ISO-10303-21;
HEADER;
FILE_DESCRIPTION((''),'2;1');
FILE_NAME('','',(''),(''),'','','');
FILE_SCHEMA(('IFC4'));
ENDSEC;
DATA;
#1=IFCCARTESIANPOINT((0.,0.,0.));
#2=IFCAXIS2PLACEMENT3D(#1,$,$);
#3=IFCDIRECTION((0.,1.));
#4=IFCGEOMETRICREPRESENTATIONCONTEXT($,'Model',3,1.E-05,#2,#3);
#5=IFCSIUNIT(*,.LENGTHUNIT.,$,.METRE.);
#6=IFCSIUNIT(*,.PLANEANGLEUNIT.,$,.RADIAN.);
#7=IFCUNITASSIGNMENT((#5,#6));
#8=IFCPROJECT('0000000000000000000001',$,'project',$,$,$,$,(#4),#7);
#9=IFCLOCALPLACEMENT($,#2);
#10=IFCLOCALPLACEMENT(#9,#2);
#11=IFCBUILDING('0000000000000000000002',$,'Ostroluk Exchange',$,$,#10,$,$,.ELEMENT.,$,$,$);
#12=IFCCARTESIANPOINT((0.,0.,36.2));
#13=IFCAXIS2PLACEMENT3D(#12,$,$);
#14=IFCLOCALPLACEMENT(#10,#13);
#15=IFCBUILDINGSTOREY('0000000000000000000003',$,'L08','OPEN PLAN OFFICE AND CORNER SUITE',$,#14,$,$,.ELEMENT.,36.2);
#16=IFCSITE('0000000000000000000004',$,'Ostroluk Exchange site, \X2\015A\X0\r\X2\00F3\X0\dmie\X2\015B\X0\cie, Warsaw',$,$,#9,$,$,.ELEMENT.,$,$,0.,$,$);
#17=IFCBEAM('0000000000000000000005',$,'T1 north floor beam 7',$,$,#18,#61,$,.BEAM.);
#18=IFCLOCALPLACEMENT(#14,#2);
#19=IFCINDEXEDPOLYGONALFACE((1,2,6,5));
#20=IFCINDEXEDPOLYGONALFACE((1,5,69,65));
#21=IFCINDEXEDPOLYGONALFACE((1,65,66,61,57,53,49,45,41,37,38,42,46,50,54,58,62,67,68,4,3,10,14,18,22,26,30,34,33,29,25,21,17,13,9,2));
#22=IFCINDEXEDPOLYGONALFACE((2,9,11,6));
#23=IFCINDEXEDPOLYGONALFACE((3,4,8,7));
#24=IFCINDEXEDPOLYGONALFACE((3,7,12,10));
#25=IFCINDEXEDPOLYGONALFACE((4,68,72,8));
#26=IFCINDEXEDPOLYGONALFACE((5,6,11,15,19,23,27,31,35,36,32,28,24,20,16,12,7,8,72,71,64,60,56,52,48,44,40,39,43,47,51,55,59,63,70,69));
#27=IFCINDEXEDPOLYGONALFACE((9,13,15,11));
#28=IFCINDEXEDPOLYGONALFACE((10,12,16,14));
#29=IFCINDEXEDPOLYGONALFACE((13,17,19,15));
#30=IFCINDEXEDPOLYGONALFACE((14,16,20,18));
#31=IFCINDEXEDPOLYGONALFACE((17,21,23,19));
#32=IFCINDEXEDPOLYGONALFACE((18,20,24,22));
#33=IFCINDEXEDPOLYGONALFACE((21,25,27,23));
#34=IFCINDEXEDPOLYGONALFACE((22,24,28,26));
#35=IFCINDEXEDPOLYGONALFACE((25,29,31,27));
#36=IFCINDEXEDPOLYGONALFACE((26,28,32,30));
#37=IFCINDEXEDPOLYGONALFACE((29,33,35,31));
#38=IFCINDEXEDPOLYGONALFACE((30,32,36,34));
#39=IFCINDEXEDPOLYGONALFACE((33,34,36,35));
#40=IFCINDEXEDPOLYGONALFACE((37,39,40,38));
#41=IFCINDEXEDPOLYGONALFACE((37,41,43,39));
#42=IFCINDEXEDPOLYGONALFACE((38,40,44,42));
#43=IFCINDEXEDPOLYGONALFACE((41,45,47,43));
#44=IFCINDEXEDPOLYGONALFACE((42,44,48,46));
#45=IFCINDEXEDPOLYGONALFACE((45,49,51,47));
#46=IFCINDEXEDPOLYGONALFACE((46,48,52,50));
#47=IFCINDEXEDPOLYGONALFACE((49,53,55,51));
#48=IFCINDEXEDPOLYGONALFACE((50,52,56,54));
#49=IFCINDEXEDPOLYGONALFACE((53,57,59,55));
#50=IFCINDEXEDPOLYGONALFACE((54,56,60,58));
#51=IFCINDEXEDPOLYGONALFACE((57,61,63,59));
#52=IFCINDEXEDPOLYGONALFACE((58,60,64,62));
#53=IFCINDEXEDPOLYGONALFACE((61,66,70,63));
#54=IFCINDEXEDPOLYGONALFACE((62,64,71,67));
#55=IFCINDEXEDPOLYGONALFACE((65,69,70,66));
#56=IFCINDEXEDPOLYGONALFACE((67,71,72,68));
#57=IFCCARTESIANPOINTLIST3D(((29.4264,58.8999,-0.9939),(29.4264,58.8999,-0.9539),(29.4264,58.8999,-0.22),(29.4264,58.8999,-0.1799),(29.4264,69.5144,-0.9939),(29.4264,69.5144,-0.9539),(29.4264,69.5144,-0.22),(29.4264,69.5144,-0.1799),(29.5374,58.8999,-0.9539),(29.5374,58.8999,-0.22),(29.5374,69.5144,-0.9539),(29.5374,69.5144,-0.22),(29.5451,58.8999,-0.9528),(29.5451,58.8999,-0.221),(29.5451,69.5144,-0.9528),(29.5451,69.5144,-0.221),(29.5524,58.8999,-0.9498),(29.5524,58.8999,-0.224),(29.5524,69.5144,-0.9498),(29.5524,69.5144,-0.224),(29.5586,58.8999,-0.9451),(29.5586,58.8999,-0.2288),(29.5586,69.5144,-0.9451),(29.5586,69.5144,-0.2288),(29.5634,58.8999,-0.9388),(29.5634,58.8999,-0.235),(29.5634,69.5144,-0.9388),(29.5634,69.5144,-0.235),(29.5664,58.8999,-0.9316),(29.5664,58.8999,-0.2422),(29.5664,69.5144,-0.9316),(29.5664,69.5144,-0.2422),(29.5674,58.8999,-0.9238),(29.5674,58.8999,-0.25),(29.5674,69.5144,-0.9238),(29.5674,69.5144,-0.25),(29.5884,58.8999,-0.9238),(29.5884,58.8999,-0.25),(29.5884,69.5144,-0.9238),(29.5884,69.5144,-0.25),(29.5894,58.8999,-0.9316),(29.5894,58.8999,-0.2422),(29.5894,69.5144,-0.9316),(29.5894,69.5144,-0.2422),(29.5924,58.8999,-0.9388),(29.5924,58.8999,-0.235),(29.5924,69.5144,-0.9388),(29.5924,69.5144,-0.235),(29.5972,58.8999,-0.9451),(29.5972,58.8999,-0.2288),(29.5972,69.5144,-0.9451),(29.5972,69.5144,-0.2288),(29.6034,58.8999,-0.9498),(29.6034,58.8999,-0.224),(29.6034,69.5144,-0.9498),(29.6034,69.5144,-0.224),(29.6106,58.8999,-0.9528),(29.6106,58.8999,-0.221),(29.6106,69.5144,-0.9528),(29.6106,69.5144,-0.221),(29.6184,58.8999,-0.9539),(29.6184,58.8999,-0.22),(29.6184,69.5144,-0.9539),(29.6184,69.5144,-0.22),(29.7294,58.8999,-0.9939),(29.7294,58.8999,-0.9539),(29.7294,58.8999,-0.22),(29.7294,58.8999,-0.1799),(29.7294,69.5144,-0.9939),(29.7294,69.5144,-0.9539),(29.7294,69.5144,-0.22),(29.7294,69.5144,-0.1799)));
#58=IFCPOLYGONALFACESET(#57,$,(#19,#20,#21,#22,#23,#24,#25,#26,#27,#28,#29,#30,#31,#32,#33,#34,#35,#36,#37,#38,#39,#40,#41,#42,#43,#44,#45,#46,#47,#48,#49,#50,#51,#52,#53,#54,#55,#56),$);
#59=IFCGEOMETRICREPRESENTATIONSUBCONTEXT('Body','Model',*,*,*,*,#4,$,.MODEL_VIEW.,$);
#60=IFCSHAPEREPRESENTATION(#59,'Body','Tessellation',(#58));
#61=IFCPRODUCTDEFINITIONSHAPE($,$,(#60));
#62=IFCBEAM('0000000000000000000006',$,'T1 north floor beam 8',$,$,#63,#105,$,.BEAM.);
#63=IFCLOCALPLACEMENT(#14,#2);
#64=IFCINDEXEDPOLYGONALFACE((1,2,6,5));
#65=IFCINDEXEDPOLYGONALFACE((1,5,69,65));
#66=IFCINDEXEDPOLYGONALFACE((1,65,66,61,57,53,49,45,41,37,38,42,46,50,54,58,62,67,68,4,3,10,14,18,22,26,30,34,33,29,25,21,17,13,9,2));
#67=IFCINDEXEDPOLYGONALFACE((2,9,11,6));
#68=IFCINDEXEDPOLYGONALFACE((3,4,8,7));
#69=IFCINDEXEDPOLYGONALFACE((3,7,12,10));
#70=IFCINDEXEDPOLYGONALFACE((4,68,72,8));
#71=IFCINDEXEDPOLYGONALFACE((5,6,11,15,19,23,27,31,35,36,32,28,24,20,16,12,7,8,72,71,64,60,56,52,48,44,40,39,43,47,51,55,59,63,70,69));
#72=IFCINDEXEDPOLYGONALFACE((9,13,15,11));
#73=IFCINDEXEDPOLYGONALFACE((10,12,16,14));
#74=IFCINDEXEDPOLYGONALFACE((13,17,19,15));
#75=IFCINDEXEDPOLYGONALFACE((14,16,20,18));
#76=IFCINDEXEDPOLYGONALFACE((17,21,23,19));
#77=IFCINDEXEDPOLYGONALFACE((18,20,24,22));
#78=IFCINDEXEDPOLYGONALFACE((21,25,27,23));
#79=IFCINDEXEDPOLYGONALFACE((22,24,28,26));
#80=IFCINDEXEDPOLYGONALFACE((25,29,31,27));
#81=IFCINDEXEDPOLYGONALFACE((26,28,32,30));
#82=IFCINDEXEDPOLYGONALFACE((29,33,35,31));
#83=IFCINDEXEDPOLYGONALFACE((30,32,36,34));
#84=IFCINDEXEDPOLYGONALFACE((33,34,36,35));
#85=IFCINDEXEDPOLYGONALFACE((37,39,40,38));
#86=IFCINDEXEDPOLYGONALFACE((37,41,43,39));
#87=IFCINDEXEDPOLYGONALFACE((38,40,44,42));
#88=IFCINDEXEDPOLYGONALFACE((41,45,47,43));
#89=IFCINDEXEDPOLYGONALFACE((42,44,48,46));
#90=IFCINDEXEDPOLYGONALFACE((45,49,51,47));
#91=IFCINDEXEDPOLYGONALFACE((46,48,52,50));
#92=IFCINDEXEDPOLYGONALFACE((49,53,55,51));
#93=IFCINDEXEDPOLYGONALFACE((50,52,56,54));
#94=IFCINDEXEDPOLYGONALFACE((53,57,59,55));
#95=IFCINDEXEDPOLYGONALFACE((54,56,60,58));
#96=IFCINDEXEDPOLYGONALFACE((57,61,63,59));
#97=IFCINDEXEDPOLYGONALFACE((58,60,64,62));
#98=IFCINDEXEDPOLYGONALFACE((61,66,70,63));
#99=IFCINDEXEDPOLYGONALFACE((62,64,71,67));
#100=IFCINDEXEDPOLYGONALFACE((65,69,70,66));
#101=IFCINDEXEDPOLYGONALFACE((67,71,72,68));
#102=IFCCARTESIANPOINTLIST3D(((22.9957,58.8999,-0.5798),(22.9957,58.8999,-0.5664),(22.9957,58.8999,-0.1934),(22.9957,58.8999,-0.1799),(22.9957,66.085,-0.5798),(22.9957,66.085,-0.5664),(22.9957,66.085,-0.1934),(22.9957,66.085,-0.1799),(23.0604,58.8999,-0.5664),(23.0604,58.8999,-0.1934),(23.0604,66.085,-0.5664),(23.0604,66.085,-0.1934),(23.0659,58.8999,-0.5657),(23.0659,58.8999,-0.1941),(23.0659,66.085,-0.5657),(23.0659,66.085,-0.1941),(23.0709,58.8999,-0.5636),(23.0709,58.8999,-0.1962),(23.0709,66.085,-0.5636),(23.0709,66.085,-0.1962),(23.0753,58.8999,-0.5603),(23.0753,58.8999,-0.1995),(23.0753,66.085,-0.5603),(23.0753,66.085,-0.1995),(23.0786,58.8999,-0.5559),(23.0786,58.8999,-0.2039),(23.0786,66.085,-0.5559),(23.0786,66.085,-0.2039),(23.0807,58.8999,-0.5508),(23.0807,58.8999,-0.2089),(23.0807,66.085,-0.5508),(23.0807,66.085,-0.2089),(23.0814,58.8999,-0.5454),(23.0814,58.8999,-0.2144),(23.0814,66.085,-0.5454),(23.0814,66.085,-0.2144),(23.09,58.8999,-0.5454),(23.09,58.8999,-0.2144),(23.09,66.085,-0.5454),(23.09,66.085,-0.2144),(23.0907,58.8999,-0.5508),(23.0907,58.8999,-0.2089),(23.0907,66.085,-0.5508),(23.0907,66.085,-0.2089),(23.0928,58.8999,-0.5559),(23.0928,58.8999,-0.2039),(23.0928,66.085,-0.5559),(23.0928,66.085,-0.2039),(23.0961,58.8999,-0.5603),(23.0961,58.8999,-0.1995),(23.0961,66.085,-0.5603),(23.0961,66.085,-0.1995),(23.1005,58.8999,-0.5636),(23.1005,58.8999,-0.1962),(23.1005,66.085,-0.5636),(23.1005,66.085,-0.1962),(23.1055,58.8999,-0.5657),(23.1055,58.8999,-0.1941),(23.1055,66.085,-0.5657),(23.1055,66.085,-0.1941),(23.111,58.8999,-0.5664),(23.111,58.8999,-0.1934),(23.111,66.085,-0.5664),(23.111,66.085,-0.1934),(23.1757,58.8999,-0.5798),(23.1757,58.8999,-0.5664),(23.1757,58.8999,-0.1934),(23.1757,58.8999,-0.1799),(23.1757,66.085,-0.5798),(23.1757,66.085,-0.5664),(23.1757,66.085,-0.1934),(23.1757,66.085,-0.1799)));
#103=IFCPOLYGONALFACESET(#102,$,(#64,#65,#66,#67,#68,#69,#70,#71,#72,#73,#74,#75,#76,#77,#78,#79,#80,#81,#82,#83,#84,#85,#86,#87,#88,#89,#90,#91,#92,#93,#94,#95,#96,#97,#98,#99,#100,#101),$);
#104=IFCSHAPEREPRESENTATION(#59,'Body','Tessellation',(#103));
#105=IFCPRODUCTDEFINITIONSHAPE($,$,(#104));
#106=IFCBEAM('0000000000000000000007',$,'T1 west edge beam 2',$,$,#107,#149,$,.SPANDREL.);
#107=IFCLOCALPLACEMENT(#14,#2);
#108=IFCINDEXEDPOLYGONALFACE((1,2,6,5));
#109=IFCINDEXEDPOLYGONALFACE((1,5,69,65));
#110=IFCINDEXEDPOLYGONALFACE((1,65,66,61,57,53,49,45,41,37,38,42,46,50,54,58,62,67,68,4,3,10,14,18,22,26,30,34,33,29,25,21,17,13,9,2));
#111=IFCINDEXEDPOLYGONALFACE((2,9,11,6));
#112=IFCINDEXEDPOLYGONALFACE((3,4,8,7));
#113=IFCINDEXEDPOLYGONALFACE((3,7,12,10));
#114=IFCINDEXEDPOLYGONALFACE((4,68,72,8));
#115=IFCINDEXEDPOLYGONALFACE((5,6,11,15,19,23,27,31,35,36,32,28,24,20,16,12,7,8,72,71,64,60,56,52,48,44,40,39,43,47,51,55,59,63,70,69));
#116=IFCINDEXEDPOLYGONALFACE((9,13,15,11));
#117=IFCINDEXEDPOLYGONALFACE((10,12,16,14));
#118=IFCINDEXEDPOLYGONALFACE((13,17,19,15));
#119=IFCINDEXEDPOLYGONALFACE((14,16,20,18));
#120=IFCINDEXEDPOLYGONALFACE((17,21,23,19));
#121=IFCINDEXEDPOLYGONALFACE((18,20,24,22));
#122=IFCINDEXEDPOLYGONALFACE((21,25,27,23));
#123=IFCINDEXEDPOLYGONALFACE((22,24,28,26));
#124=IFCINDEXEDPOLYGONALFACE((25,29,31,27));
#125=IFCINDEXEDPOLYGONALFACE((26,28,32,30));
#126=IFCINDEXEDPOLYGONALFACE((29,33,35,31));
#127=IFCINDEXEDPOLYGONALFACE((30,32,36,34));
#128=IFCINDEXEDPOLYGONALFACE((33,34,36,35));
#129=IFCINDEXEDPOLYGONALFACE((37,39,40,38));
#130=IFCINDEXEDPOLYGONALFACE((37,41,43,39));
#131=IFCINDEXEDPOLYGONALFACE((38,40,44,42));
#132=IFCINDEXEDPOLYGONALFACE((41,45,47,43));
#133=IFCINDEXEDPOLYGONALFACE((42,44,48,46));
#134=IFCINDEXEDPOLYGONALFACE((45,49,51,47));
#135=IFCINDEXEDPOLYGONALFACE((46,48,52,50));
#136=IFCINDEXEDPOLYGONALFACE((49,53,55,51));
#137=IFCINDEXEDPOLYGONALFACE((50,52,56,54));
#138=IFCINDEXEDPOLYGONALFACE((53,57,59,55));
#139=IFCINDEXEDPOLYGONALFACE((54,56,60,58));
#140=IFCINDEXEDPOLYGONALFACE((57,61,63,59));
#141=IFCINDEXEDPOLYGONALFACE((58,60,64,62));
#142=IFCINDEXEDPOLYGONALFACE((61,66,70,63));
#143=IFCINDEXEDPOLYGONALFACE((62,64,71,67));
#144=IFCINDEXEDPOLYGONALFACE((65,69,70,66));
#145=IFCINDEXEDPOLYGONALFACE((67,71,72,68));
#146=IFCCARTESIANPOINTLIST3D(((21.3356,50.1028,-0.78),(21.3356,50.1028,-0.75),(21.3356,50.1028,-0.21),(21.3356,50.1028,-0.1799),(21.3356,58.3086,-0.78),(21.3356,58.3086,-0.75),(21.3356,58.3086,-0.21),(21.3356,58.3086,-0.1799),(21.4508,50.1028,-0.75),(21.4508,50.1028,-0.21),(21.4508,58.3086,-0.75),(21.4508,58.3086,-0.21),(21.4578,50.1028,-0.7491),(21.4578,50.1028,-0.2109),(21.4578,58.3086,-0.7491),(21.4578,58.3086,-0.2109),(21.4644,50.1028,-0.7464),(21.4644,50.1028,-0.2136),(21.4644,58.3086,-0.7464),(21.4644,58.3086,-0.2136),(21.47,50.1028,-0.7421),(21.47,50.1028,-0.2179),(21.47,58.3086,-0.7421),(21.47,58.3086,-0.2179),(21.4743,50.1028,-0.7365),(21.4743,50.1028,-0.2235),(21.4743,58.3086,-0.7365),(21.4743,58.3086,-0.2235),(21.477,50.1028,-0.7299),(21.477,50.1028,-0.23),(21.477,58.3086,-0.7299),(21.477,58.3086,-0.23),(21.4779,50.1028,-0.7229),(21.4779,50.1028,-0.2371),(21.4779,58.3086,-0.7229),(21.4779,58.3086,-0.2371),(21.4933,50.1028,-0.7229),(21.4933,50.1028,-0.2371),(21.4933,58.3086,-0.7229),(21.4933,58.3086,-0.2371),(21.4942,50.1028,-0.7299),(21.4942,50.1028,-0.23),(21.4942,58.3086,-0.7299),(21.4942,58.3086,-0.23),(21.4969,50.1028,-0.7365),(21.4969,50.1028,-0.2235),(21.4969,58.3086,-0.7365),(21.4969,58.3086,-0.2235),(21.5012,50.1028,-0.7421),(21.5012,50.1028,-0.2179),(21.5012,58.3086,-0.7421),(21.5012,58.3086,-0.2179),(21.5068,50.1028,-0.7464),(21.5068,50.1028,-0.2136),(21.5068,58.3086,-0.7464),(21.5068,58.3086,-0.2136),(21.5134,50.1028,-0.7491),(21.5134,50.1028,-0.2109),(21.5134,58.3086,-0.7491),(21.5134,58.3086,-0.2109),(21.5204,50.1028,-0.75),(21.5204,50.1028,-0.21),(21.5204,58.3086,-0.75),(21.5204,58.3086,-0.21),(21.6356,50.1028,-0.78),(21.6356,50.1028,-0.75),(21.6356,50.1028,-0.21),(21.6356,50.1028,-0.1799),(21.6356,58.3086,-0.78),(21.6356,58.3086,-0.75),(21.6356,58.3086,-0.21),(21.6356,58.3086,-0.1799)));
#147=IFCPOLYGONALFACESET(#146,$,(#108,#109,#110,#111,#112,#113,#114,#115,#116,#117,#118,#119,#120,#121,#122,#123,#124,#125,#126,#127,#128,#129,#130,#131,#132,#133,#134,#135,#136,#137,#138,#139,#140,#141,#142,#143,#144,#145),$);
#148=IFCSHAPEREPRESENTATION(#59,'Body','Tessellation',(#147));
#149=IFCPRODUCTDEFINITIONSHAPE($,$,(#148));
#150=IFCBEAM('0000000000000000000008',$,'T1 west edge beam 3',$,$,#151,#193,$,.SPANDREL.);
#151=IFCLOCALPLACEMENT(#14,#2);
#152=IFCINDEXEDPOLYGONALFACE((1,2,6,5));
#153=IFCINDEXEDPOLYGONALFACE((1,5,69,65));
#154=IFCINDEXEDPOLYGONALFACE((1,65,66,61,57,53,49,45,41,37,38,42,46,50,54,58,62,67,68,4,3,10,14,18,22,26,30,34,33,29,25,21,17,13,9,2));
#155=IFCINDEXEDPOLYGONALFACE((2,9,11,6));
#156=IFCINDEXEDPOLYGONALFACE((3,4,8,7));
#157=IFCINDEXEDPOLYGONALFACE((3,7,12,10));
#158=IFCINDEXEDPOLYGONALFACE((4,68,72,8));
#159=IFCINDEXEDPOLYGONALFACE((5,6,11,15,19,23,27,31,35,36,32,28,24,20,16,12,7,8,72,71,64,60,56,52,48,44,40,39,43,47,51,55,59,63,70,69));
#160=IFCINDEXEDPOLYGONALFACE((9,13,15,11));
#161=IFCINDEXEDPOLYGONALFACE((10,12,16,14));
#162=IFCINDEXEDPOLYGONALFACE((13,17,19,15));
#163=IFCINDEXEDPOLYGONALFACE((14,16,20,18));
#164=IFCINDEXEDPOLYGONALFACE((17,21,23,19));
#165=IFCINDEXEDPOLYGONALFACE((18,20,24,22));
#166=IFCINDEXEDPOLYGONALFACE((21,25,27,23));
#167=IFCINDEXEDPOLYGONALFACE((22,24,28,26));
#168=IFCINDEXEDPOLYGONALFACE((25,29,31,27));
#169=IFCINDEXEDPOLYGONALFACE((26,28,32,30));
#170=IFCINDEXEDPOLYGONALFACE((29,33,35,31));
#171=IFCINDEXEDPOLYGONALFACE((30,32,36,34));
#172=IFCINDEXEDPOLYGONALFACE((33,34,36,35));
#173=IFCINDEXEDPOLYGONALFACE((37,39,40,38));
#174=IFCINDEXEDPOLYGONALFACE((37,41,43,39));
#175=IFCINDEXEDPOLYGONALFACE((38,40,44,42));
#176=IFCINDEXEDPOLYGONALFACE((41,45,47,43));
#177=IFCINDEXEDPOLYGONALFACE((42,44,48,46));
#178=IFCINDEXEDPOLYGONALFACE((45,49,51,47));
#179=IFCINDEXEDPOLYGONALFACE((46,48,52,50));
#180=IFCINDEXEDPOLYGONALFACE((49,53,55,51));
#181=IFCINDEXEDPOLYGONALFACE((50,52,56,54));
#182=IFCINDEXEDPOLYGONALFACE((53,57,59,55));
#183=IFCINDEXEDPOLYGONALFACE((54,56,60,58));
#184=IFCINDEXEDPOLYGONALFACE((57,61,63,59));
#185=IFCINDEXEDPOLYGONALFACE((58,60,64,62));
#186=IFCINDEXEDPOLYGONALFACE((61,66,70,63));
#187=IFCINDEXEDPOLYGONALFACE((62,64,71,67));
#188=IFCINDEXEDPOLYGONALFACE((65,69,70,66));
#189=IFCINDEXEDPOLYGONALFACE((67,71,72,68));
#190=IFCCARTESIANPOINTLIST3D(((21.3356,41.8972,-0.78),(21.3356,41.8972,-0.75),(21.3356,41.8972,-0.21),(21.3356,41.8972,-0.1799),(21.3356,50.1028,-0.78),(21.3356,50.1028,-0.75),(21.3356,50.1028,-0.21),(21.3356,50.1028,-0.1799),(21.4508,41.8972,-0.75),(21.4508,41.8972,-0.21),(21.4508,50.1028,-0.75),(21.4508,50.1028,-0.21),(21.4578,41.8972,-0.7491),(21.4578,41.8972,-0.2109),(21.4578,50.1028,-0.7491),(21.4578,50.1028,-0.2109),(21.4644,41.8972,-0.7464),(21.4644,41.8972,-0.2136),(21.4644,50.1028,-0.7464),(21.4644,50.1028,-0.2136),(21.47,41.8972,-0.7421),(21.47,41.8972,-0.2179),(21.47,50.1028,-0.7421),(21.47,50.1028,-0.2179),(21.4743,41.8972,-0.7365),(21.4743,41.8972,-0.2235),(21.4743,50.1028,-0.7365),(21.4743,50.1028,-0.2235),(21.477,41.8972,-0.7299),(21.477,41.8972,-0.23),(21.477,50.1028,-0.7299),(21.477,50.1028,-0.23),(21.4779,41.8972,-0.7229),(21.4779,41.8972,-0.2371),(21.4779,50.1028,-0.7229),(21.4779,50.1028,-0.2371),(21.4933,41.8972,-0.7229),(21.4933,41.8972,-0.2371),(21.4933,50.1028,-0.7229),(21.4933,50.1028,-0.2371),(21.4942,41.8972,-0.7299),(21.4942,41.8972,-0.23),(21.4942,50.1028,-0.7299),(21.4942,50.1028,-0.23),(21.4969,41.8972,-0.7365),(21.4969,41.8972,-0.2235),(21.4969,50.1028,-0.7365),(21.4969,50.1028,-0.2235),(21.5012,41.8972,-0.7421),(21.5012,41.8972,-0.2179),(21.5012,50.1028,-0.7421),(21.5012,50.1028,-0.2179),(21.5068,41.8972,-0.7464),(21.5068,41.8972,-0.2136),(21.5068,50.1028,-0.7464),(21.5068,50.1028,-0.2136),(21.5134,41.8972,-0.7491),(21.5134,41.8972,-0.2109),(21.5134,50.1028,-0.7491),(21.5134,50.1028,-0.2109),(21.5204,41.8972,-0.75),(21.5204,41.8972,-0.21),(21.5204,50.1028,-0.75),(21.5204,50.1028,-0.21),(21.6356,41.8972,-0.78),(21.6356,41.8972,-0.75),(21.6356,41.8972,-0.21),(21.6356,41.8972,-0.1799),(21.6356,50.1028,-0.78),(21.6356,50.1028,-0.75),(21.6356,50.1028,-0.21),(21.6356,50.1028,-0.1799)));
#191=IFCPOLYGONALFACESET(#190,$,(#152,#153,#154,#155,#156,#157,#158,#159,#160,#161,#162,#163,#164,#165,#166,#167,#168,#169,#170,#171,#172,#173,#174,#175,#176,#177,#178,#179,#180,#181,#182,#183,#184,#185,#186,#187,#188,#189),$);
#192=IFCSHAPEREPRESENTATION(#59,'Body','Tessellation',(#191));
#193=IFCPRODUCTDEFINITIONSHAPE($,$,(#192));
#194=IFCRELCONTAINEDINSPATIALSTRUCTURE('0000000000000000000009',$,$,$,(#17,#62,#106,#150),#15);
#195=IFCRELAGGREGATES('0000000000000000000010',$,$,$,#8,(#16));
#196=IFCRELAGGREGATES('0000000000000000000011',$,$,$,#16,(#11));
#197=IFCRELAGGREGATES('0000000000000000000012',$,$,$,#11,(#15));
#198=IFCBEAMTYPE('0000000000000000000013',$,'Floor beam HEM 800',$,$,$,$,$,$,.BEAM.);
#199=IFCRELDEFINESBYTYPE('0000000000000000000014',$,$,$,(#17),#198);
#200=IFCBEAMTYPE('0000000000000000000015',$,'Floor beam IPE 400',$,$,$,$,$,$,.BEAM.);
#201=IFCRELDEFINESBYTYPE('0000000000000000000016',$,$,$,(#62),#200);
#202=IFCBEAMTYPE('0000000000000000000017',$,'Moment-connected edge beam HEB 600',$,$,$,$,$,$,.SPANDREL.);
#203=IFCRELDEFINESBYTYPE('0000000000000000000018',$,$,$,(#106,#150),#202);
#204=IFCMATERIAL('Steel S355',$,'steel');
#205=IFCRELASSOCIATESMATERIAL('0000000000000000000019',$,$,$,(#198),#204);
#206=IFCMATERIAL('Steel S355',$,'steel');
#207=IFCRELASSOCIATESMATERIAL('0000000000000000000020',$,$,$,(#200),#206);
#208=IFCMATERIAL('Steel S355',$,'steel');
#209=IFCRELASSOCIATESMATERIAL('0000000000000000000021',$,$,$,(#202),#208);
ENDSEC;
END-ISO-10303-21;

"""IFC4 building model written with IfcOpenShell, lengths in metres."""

from ifc_helpers import new_model, si_unit, direction, frame, origin, origin_2d, place, context, subcontext, project, spatial, i_section, extrude, material, material_profile, profile_set, type_object, element, save


model = new_model("IFC4")

# Units and contexts
model_context = context("Model", 3, precision=1e-05, world=origin(), true_north=direction((0.0, 1.0)))
body_context = subcontext(model_context, "Body", "Model", "MODEL_VIEW")
ifc_project = project(units=[si_unit("LENGTHUNIT", "METRE"), si_unit("PLANEANGLEUNIT", "RADIAN")], contexts=[model_context])

# Site, building, storey
site_placement = place(None, origin())
site = spatial("IfcSite", under=ifc_project, at=site_placement, Name="Ostroluk Exchange site, Śródmieście, Warsaw", CompositionType="ELEMENT", RefElevation=0.0)
building_placement = place(site_placement, origin())
building = spatial("IfcBuilding", under=site, at=building_placement, Name="Ostroluk Exchange", CompositionType="ELEMENT")
storey_placement = place(building_placement, frame((0.0, 0.0, 36.2)))
storey = spatial("IfcBuildingStorey", under=building, at=storey_placement, Name="L08", Description="OPEN PLAN OFFICE AND CORNER SUITE", CompositionType="ELEMENT", Elevation=36.2)

# Beams
ifc_material_1 = material(Name="Steel S355", Category="steel")
ifc_material_profile_1 = material_profile(ifc_material_1, i_section(OverallWidth=0.303, OverallDepth=0.814, WebThickness=0.021, FlangeThickness=0.04, FilletRadius=0.03, at=origin_2d()), Name="HEM 800")
ifc_profile_set_1 = profile_set([ifc_material_profile_1], Name="Steel S355")
beam_type_1 = type_object("IfcBeamType", Name="Floor beam HEM 800", PredefinedType="BEAM", material=ifc_profile_set_1)
beam_1_placement = place(storey_placement, frame((29.5779, 58.8999, -0.5869), z_axis=(0.0, 1.0, 0.0), x_axis=(-1.0, 0.0, 0.0)))
element("IfcBeam", 1, at=beam_1_placement, inside=storey, type_object=beam_type_1, Name="T1 north floor beam 7", PredefinedType="BEAM", context=body_context, shape_type="SweptSolid", body=[
    extrude(i_section(OverallWidth=0.303, OverallDepth=0.814, WebThickness=0.021, FlangeThickness=0.04, FilletRadius=0.03, at=origin_2d()), origin(), (0.0, 0.0, 1.0), 10.6145),
])
ifc_material_2 = material(Name="Steel S355", Category="steel")
ifc_material_profile_2 = material_profile(ifc_material_2, i_section(OverallWidth=0.1799, OverallDepth=0.3999, WebThickness=0.0085, FlangeThickness=0.0134, FilletRadius=0.021, at=origin_2d()), Name="IPE 400")
ifc_profile_set_2 = profile_set([ifc_material_profile_2], Name="Steel S355")
beam_type_2 = type_object("IfcBeamType", Name="Floor beam IPE 400", PredefinedType="BEAM", material=ifc_profile_set_2)
beam_2_placement = place(storey_placement, frame((23.0857, 58.8999, -0.3799), z_axis=(0.0, 1.0, 0.0), x_axis=(-1.0, 0.0, 0.0)))
element("IfcBeam", 2, at=beam_2_placement, inside=storey, type_object=beam_type_2, Name="T1 north floor beam 8", PredefinedType="BEAM", context=body_context, shape_type="SweptSolid", body=[
    extrude(i_section(OverallWidth=0.1799, OverallDepth=0.3999, WebThickness=0.0085, FlangeThickness=0.0134, FilletRadius=0.021, at=origin_2d()), origin(), (0.0, 0.0, 1.0), 7.1851),
])
ifc_material_3 = material(Name="Steel S355", Category="steel")
ifc_material_profile_3 = material_profile(ifc_material_3, i_section(OverallWidth=0.3, OverallDepth=0.6001, WebThickness=0.0154, FlangeThickness=0.03, FilletRadius=0.0271, at=origin_2d()), Name="HEB 600")
ifc_profile_set_3 = profile_set([ifc_material_profile_3], Name="Steel S355")
beam_type_3 = type_object("IfcBeamType", Name="Moment-connected edge beam HEB 600", PredefinedType="SPANDREL", material=ifc_profile_set_3)
beam_3_placement = place(storey_placement, frame((21.4856, 58.3086, -0.48), z_axis=(0.0, -1.0, 0.0), x_axis=(1.0, 0.0, 0.0)))
element("IfcBeam", 3, at=beam_3_placement, inside=storey, type_object=beam_type_3, Name="T1 west edge beam 2", PredefinedType="SPANDREL", context=body_context, shape_type="SweptSolid", body=[
    extrude(i_section(OverallWidth=0.3, OverallDepth=0.6001, WebThickness=0.0154, FlangeThickness=0.03, FilletRadius=0.0271, at=origin_2d()), origin(), (0.0, 0.0, 1.0), 8.2058),
])
beam_4_placement = place(storey_placement, frame((21.4856, 50.1028, -0.48), z_axis=(0.0, -1.0, 0.0), x_axis=(1.0, 0.0, 0.0)))
element("IfcBeam", 4, at=beam_4_placement, inside=storey, type_object=beam_type_3, Name="T1 west edge beam 3", PredefinedType="SPANDREL", context=body_context, shape_type="SweptSolid", body=[
    extrude(i_section(OverallWidth=0.3, OverallDepth=0.6001, WebThickness=0.0154, FlangeThickness=0.03, FilletRadius=0.0271, at=origin_2d()), origin(), (0.0, 0.0, 1.0), 8.2056),
])

save(model, "model.ifc")
